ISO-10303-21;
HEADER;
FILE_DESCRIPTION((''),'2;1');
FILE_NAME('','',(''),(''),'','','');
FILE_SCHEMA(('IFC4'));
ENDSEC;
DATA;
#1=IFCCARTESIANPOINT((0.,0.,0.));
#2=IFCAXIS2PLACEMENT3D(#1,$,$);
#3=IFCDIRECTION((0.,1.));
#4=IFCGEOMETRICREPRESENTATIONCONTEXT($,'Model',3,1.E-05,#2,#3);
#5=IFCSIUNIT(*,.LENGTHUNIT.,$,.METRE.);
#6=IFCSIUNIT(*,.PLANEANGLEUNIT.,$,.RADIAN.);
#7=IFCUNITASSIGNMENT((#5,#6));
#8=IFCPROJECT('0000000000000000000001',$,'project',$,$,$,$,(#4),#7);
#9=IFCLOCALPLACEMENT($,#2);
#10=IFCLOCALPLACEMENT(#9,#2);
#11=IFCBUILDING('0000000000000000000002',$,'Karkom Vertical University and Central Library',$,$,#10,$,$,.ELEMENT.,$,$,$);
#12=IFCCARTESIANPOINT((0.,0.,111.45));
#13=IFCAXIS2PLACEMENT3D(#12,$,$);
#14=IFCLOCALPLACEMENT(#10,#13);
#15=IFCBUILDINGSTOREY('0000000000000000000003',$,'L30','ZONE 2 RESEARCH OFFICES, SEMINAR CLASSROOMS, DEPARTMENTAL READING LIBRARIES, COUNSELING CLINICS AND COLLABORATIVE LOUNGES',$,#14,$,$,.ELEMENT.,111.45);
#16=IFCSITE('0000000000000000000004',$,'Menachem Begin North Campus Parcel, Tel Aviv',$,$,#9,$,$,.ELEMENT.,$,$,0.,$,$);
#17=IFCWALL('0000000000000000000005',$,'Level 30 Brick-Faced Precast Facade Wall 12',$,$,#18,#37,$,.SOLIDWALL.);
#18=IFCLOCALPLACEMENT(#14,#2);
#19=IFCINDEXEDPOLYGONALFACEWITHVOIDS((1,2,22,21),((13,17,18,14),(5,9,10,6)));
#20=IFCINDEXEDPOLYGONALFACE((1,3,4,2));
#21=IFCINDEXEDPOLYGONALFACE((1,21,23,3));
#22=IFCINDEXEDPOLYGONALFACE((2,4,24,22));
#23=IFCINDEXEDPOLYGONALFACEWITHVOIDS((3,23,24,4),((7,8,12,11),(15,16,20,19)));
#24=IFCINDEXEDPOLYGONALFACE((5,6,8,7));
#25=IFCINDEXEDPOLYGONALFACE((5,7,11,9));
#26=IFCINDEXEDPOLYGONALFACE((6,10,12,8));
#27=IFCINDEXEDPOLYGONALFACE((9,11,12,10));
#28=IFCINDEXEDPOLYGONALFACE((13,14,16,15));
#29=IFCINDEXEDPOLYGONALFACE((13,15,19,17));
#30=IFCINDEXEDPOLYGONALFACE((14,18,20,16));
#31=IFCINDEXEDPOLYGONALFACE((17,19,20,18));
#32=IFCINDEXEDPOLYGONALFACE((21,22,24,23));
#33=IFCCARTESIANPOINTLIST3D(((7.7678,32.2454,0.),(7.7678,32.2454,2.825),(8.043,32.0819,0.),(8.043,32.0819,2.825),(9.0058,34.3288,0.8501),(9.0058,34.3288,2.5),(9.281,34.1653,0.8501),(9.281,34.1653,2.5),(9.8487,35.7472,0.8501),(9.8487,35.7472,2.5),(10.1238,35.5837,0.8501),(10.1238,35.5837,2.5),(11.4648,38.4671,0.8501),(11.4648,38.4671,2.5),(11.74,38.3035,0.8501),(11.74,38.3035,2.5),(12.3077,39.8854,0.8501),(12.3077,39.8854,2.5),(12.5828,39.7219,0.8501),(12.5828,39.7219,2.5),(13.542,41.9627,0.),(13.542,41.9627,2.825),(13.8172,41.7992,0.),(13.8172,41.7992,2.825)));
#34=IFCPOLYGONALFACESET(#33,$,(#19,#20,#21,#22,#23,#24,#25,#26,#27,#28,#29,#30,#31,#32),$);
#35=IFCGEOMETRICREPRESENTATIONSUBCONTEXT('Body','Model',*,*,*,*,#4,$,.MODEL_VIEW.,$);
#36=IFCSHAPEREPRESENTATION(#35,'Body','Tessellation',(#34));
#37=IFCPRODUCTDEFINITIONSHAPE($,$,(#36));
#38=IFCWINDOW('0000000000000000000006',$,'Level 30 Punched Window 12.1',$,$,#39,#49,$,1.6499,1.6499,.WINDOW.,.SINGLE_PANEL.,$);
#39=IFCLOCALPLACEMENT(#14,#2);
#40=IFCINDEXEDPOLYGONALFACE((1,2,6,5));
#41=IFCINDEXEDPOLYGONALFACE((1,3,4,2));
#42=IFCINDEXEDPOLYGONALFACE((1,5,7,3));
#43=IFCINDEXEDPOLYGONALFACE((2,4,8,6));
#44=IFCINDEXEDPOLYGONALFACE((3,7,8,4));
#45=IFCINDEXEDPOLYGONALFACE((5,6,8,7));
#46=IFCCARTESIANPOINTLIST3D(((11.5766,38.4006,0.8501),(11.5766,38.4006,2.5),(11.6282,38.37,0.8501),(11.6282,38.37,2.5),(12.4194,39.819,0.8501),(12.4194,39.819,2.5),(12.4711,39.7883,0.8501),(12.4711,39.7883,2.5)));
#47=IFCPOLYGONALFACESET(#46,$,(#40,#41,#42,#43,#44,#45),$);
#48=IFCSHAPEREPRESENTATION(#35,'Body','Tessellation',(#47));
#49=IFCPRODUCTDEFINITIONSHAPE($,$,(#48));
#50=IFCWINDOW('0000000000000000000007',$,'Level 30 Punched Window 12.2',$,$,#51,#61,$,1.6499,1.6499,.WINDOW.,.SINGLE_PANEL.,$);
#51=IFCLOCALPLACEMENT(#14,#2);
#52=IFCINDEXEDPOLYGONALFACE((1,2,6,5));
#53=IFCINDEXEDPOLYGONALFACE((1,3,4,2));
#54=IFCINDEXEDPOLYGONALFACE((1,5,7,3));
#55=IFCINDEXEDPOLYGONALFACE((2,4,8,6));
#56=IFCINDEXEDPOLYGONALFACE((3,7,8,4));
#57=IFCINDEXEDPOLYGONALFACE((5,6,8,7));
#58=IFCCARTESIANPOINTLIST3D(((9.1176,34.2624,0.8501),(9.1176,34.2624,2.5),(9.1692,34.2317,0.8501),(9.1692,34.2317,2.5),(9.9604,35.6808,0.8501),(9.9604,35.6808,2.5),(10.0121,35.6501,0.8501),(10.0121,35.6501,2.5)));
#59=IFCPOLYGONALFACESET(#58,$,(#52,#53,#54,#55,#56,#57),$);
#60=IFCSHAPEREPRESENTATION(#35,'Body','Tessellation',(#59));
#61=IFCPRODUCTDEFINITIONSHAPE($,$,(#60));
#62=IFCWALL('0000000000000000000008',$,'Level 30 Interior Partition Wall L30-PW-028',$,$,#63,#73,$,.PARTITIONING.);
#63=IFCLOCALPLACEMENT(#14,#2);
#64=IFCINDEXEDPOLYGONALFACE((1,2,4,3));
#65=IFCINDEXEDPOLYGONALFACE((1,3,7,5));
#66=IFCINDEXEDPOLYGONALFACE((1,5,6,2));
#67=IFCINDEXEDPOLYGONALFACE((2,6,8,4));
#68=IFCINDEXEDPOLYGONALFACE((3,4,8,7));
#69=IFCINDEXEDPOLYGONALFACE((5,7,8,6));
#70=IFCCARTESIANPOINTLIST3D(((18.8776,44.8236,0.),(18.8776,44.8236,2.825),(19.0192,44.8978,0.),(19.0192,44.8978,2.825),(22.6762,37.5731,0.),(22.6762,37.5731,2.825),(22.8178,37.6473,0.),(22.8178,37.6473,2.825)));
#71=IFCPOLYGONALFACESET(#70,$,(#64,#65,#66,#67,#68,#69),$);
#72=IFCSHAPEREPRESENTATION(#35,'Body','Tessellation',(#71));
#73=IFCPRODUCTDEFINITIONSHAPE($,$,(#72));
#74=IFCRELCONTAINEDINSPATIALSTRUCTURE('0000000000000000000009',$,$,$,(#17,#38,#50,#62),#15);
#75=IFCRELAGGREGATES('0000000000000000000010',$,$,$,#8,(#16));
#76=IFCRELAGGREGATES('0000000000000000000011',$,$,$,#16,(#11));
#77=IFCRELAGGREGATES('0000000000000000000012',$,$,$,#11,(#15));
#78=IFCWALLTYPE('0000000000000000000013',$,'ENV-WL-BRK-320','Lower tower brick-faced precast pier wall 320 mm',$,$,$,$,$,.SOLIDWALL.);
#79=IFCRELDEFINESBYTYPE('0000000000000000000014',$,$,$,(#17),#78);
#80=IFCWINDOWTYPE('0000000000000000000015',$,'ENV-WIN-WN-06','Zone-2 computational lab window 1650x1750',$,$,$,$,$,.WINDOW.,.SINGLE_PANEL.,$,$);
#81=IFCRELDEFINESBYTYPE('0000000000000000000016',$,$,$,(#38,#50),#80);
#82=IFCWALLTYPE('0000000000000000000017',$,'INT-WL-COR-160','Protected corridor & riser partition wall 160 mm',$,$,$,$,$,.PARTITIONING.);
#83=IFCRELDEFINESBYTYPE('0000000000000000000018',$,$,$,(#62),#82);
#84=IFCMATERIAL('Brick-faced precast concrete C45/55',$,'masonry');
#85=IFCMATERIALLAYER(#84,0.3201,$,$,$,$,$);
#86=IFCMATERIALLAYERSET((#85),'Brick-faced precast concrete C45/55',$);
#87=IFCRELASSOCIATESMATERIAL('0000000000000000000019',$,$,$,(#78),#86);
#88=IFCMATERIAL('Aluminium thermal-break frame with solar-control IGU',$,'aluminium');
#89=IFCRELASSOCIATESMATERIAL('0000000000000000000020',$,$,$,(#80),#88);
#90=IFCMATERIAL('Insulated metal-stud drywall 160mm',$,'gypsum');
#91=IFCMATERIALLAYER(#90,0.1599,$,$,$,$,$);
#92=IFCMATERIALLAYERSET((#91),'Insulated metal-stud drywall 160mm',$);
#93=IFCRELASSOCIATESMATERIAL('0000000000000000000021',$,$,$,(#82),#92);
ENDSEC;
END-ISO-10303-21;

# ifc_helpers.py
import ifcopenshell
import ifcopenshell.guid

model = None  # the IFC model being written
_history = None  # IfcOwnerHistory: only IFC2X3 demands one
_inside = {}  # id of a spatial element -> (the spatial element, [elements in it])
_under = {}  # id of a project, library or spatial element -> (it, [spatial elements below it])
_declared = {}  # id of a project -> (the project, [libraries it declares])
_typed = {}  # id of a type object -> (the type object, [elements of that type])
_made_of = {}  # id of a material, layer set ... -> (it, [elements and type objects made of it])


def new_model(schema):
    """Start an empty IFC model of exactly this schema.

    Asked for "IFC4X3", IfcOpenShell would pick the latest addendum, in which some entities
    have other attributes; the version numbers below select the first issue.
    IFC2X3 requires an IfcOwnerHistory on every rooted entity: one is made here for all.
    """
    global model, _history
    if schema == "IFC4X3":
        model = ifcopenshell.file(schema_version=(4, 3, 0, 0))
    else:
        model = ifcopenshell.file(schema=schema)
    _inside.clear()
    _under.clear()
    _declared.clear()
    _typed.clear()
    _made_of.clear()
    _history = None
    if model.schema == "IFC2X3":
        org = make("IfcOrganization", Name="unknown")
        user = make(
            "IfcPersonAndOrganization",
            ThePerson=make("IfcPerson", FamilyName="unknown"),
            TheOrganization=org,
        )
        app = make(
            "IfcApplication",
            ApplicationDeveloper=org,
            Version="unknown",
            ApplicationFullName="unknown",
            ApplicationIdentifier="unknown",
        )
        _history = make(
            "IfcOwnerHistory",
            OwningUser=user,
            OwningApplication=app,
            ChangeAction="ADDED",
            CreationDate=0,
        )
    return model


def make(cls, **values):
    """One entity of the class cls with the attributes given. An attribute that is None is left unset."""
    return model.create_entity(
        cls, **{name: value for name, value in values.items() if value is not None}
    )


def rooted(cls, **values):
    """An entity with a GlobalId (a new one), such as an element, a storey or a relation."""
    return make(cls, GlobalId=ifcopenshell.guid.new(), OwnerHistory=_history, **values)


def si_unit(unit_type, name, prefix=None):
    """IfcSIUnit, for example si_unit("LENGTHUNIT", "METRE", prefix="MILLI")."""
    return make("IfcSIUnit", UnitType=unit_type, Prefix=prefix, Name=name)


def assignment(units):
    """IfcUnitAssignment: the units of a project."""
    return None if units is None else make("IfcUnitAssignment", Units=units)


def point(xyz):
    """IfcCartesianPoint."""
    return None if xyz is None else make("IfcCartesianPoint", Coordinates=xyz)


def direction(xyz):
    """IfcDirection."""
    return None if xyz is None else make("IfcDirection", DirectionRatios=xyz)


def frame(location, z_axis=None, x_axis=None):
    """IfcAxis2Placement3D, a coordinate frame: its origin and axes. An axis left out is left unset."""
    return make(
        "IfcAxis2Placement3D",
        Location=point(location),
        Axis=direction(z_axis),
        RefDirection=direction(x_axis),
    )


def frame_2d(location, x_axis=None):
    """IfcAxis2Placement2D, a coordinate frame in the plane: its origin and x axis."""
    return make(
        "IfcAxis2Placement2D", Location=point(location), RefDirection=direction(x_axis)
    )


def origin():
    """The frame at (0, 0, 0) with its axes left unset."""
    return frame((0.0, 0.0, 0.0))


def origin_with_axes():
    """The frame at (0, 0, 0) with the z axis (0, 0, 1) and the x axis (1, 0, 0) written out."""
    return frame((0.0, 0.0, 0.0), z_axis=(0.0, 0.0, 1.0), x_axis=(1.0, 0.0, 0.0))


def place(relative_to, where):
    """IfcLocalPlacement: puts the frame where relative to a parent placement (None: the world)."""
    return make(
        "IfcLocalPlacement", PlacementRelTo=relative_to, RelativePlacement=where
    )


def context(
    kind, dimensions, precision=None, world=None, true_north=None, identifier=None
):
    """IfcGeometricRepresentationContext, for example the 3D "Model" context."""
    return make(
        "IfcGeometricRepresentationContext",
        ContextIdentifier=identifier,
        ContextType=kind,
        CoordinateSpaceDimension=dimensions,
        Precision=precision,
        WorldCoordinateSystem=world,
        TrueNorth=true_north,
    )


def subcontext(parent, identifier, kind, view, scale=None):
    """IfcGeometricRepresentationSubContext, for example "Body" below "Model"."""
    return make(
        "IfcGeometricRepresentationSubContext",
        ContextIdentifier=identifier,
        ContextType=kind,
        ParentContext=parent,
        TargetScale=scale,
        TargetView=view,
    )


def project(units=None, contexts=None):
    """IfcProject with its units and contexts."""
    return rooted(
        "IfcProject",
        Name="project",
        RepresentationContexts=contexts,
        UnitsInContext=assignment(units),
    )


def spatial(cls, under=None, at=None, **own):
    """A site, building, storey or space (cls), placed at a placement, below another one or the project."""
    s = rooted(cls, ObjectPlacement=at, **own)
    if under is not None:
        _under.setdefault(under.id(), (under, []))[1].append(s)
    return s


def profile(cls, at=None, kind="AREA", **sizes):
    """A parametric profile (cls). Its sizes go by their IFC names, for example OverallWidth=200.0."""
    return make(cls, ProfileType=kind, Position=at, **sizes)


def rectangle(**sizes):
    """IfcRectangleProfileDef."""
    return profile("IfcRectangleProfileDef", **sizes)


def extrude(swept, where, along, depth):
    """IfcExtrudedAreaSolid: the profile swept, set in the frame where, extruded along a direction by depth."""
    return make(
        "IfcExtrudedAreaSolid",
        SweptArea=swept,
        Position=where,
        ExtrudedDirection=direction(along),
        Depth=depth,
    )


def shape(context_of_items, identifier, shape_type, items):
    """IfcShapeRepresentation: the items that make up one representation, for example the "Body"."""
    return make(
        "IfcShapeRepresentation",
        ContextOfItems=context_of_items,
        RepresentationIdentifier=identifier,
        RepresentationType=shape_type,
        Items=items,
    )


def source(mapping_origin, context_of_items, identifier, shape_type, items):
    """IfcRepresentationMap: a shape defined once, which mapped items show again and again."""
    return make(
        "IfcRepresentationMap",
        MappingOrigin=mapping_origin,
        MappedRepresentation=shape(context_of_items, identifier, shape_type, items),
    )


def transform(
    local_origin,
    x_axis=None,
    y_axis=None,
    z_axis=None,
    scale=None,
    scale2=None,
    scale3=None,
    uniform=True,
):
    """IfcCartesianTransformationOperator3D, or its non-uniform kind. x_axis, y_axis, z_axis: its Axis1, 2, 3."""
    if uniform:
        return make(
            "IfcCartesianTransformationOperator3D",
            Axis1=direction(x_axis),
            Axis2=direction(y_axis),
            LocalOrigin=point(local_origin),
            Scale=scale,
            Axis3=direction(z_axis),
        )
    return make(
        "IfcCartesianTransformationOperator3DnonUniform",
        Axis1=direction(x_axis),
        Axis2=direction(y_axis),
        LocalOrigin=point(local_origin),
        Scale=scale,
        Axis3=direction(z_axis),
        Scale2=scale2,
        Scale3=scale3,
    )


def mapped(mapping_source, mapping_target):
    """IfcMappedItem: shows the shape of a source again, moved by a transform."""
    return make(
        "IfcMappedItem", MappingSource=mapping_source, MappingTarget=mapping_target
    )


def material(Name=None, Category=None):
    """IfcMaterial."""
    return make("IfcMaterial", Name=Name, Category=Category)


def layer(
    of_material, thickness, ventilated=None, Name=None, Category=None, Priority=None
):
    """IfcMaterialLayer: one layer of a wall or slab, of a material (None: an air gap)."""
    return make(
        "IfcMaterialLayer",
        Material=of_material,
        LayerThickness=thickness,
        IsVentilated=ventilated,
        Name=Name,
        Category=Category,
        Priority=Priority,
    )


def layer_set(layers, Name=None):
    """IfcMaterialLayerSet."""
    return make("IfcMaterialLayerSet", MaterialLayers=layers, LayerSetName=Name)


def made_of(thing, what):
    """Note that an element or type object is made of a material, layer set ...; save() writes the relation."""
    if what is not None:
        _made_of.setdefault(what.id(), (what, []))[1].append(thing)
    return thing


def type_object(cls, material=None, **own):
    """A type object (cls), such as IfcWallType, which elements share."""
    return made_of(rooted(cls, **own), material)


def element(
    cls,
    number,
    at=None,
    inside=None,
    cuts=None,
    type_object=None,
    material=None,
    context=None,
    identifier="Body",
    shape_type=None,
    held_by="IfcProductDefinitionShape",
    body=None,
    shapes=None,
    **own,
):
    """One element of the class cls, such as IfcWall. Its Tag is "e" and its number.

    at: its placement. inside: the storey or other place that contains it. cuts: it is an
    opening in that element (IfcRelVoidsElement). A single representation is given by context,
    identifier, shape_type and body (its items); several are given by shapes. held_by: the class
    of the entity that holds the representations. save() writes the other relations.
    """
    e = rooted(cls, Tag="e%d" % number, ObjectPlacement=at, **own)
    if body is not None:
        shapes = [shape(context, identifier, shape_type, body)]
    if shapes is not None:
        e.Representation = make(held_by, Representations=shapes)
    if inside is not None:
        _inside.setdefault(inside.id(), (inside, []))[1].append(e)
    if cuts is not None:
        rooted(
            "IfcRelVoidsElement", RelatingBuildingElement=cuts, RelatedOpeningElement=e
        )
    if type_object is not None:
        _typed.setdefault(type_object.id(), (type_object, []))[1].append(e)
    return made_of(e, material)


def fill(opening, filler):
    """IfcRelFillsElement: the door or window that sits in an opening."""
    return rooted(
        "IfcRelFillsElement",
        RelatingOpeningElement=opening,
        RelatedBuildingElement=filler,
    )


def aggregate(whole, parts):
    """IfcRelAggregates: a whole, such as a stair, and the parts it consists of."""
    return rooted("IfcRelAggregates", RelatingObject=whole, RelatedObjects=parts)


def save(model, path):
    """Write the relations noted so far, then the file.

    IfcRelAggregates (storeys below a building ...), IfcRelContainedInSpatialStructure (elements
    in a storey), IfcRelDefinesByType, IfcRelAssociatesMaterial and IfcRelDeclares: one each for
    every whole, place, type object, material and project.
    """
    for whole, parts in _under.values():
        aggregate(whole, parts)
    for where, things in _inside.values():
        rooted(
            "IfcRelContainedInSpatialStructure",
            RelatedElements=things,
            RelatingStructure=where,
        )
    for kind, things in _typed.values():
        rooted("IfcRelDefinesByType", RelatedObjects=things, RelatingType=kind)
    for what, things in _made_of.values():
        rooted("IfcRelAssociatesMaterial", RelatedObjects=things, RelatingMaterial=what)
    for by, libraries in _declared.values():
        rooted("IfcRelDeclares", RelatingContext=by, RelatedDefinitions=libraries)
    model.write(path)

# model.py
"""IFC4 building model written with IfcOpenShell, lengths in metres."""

from ifc_helpers import new_model, si_unit, direction, frame, frame_2d, origin, origin_with_axes, place, context, subcontext, project, spatial, rectangle, extrude, source, transform, mapped, material, layer, layer_set, type_object, element, fill, save


model = new_model("IFC4")

# Units and contexts
model_context = context("Model", 3, precision=1e-05, world=origin(), true_north=direction((0.0, 1.0)))
body_context = subcontext(model_context, "Body", "Model", "MODEL_VIEW")
ifc_project = project(units=[si_unit("LENGTHUNIT", "METRE"), si_unit("PLANEANGLEUNIT", "RADIAN")], contexts=[model_context])

# Site, building, storey
site_placement = place(None, origin())
site = spatial("IfcSite", under=ifc_project, at=site_placement, Name="Menachem Begin North Campus Parcel, Tel Aviv", CompositionType="ELEMENT", RefElevation=0.0)
building_placement = place(site_placement, origin())
building = spatial("IfcBuilding", under=site, at=building_placement, Name="Karkom Vertical University and Central Library", CompositionType="ELEMENT")
storey_placement = place(building_placement, frame((0.0, 0.0, 111.45)))
storey = spatial("IfcBuildingStorey", under=building, at=storey_placement, Name="L30", Description="ZONE 2 RESEARCH OFFICES, SEMINAR CLASSROOMS, DEPARTMENTAL READING LIBRARIES, COUNSELING CLINICS AND COLLABORATIVE LOUNGES", CompositionType="ELEMENT", Elevation=111.45)

# Wall, openings, windows
ifc_material_1 = material(Name="Brick-faced precast concrete C45/55", Category="masonry")
ifc_layer_1 = layer(ifc_material_1, 0.3201)
ifc_layer_set_1 = layer_set([ifc_layer_1], Name="Brick-faced precast concrete C45/55")
wall_type_1 = type_object("IfcWallType", Name="ENV-WL-BRK-320", Description="Lower tower brick-faced precast pier wall 320 mm", PredefinedType="SOLIDWALL", material=ifc_layer_set_1)
ifc_material_2 = material(Name="Aluminium thermal-break frame with solar-control IGU", Category="aluminium")
window_type = type_object("IfcWindowType", Name="ENV-WIN-WN-06", Description="Zone-2 computational lab window 1650x1750", PartitioningType="SINGLE_PANEL", PredefinedType="WINDOW", material=ifc_material_2)
shared_shape_1 = source(origin_with_axes(), body_context, "Body", "SweptSolid", [
    extrude(rectangle(XDim=1.6499, YDim=1.6499, at=frame_2d((0.825, 0.825))), frame((0.0, 0.03, 0.0), z_axis=(0.0, -1.0, 0.0), x_axis=(1.0, 0.0, 0.0)), (0.0, 0.0, 1.0), 0.0601),
])
wall_1_placement = place(storey_placement, frame((13.6797, 41.8811, 0.0), z_axis=(0.0, 0.0, 1.0), x_axis=(-0.510835, -0.859679, 0.0)))
wall_1 = element("IfcWall", 1, at=wall_1_placement, inside=storey, type_object=wall_type_1, Name="Level 30 Brick-Faced Precast Facade Wall 12", PredefinedType="SOLIDWALL", context=body_context, shape_type="SweptSolid", body=[
    extrude(rectangle(XDim=11.3035, YDim=0.3201, at=frame_2d((5.6519, 0.0))), origin(), (0.0, 0.0, 1.0), 2.825),
])
opening_1_placement = place(wall_1_placement, frame((2.4165, 0.0, 0.8501)))
opening_1 = element("IfcOpeningElement", 2, at=opening_1_placement, cuts=wall_1, PredefinedType="OPENING", context=body_context, shape_type="SweptSolid", body=[
    extrude(rectangle(XDim=1.6499, YDim=1.6499, at=frame_2d((0.825, 0.825))), frame((0.0, 0.1699, 0.0), z_axis=(0.0, -1.0, 0.0), x_axis=(1.0, 0.0, 0.0)), (0.0, 0.0, 1.0), 0.3401),
])
opening_2_placement = place(wall_1_placement, frame((7.2302, 0.0, 0.8501)))
opening_2 = element("IfcOpeningElement", 3, at=opening_2_placement, cuts=wall_1, PredefinedType="OPENING", context=body_context, shape_type="SweptSolid", body=[
    extrude(rectangle(XDim=1.6499, YDim=1.6499, at=frame_2d((0.825, 0.825))), frame((0.0, 0.1699, 0.0), z_axis=(0.0, -1.0, 0.0), x_axis=(1.0, 0.0, 0.0)), (0.0, 0.0, 1.0), 0.3401),
])
window_1_placement = place(opening_1_placement, origin())
window_1 = element("IfcWindow", 4, at=window_1_placement, inside=storey, type_object=window_type, Name="Level 30 Punched Window 12.1", OverallHeight=1.6499, OverallWidth=1.6499, PartitioningType="SINGLE_PANEL", PredefinedType="WINDOW", context=body_context, shape_type="MappedRepresentation", body=[
    mapped(shared_shape_1, transform((0.0, 0.0, 0.0), scale=1.0)),
])
fill(opening_1, window_1)
window_2_placement = place(opening_2_placement, origin())
window_2 = element("IfcWindow", 5, at=window_2_placement, inside=storey, type_object=window_type, Name="Level 30 Punched Window 12.2", OverallHeight=1.6499, OverallWidth=1.6499, PartitioningType="SINGLE_PANEL", PredefinedType="WINDOW", context=body_context, shape_type="MappedRepresentation", body=[
    mapped(shared_shape_1, transform((0.0, 0.0, 0.0), scale=1.0)),
])
fill(opening_2, window_2)

# Shared definitions
ifc_material_3 = material(Name="Insulated metal-stud drywall 160mm", Category="gypsum")
ifc_layer_2 = layer(ifc_material_3, 0.1599)
ifc_layer_set_2 = layer_set([ifc_layer_2], Name="Insulated metal-stud drywall 160mm")
wall_type_2 = type_object("IfcWallType", Name="INT-WL-COR-160", Description="Protected corridor & riser partition wall 160 mm", PredefinedType="PARTITIONING", material=ifc_layer_set_2)

# Wall
wall_2_placement = place(storey_placement, frame((22.7471, 37.6101, 0.0), z_axis=(0.0, 0.0, 1.0), x_axis=(-0.464075, 0.885796, 0.0)))
element("IfcWall", 6, at=wall_2_placement, inside=storey, type_object=wall_type_2, Name="Level 30 Interior Partition Wall L30-PW-028", PredefinedType="PARTITIONING", context=body_context, shape_type="SweptSolid", body=[
    extrude(rectangle(XDim=8.1853, YDim=0.1599, at=frame_2d((4.0928, 0.0))), origin(), (0.0, 0.0, 1.0), 2.825),
])

save(model, "model.ifc")
